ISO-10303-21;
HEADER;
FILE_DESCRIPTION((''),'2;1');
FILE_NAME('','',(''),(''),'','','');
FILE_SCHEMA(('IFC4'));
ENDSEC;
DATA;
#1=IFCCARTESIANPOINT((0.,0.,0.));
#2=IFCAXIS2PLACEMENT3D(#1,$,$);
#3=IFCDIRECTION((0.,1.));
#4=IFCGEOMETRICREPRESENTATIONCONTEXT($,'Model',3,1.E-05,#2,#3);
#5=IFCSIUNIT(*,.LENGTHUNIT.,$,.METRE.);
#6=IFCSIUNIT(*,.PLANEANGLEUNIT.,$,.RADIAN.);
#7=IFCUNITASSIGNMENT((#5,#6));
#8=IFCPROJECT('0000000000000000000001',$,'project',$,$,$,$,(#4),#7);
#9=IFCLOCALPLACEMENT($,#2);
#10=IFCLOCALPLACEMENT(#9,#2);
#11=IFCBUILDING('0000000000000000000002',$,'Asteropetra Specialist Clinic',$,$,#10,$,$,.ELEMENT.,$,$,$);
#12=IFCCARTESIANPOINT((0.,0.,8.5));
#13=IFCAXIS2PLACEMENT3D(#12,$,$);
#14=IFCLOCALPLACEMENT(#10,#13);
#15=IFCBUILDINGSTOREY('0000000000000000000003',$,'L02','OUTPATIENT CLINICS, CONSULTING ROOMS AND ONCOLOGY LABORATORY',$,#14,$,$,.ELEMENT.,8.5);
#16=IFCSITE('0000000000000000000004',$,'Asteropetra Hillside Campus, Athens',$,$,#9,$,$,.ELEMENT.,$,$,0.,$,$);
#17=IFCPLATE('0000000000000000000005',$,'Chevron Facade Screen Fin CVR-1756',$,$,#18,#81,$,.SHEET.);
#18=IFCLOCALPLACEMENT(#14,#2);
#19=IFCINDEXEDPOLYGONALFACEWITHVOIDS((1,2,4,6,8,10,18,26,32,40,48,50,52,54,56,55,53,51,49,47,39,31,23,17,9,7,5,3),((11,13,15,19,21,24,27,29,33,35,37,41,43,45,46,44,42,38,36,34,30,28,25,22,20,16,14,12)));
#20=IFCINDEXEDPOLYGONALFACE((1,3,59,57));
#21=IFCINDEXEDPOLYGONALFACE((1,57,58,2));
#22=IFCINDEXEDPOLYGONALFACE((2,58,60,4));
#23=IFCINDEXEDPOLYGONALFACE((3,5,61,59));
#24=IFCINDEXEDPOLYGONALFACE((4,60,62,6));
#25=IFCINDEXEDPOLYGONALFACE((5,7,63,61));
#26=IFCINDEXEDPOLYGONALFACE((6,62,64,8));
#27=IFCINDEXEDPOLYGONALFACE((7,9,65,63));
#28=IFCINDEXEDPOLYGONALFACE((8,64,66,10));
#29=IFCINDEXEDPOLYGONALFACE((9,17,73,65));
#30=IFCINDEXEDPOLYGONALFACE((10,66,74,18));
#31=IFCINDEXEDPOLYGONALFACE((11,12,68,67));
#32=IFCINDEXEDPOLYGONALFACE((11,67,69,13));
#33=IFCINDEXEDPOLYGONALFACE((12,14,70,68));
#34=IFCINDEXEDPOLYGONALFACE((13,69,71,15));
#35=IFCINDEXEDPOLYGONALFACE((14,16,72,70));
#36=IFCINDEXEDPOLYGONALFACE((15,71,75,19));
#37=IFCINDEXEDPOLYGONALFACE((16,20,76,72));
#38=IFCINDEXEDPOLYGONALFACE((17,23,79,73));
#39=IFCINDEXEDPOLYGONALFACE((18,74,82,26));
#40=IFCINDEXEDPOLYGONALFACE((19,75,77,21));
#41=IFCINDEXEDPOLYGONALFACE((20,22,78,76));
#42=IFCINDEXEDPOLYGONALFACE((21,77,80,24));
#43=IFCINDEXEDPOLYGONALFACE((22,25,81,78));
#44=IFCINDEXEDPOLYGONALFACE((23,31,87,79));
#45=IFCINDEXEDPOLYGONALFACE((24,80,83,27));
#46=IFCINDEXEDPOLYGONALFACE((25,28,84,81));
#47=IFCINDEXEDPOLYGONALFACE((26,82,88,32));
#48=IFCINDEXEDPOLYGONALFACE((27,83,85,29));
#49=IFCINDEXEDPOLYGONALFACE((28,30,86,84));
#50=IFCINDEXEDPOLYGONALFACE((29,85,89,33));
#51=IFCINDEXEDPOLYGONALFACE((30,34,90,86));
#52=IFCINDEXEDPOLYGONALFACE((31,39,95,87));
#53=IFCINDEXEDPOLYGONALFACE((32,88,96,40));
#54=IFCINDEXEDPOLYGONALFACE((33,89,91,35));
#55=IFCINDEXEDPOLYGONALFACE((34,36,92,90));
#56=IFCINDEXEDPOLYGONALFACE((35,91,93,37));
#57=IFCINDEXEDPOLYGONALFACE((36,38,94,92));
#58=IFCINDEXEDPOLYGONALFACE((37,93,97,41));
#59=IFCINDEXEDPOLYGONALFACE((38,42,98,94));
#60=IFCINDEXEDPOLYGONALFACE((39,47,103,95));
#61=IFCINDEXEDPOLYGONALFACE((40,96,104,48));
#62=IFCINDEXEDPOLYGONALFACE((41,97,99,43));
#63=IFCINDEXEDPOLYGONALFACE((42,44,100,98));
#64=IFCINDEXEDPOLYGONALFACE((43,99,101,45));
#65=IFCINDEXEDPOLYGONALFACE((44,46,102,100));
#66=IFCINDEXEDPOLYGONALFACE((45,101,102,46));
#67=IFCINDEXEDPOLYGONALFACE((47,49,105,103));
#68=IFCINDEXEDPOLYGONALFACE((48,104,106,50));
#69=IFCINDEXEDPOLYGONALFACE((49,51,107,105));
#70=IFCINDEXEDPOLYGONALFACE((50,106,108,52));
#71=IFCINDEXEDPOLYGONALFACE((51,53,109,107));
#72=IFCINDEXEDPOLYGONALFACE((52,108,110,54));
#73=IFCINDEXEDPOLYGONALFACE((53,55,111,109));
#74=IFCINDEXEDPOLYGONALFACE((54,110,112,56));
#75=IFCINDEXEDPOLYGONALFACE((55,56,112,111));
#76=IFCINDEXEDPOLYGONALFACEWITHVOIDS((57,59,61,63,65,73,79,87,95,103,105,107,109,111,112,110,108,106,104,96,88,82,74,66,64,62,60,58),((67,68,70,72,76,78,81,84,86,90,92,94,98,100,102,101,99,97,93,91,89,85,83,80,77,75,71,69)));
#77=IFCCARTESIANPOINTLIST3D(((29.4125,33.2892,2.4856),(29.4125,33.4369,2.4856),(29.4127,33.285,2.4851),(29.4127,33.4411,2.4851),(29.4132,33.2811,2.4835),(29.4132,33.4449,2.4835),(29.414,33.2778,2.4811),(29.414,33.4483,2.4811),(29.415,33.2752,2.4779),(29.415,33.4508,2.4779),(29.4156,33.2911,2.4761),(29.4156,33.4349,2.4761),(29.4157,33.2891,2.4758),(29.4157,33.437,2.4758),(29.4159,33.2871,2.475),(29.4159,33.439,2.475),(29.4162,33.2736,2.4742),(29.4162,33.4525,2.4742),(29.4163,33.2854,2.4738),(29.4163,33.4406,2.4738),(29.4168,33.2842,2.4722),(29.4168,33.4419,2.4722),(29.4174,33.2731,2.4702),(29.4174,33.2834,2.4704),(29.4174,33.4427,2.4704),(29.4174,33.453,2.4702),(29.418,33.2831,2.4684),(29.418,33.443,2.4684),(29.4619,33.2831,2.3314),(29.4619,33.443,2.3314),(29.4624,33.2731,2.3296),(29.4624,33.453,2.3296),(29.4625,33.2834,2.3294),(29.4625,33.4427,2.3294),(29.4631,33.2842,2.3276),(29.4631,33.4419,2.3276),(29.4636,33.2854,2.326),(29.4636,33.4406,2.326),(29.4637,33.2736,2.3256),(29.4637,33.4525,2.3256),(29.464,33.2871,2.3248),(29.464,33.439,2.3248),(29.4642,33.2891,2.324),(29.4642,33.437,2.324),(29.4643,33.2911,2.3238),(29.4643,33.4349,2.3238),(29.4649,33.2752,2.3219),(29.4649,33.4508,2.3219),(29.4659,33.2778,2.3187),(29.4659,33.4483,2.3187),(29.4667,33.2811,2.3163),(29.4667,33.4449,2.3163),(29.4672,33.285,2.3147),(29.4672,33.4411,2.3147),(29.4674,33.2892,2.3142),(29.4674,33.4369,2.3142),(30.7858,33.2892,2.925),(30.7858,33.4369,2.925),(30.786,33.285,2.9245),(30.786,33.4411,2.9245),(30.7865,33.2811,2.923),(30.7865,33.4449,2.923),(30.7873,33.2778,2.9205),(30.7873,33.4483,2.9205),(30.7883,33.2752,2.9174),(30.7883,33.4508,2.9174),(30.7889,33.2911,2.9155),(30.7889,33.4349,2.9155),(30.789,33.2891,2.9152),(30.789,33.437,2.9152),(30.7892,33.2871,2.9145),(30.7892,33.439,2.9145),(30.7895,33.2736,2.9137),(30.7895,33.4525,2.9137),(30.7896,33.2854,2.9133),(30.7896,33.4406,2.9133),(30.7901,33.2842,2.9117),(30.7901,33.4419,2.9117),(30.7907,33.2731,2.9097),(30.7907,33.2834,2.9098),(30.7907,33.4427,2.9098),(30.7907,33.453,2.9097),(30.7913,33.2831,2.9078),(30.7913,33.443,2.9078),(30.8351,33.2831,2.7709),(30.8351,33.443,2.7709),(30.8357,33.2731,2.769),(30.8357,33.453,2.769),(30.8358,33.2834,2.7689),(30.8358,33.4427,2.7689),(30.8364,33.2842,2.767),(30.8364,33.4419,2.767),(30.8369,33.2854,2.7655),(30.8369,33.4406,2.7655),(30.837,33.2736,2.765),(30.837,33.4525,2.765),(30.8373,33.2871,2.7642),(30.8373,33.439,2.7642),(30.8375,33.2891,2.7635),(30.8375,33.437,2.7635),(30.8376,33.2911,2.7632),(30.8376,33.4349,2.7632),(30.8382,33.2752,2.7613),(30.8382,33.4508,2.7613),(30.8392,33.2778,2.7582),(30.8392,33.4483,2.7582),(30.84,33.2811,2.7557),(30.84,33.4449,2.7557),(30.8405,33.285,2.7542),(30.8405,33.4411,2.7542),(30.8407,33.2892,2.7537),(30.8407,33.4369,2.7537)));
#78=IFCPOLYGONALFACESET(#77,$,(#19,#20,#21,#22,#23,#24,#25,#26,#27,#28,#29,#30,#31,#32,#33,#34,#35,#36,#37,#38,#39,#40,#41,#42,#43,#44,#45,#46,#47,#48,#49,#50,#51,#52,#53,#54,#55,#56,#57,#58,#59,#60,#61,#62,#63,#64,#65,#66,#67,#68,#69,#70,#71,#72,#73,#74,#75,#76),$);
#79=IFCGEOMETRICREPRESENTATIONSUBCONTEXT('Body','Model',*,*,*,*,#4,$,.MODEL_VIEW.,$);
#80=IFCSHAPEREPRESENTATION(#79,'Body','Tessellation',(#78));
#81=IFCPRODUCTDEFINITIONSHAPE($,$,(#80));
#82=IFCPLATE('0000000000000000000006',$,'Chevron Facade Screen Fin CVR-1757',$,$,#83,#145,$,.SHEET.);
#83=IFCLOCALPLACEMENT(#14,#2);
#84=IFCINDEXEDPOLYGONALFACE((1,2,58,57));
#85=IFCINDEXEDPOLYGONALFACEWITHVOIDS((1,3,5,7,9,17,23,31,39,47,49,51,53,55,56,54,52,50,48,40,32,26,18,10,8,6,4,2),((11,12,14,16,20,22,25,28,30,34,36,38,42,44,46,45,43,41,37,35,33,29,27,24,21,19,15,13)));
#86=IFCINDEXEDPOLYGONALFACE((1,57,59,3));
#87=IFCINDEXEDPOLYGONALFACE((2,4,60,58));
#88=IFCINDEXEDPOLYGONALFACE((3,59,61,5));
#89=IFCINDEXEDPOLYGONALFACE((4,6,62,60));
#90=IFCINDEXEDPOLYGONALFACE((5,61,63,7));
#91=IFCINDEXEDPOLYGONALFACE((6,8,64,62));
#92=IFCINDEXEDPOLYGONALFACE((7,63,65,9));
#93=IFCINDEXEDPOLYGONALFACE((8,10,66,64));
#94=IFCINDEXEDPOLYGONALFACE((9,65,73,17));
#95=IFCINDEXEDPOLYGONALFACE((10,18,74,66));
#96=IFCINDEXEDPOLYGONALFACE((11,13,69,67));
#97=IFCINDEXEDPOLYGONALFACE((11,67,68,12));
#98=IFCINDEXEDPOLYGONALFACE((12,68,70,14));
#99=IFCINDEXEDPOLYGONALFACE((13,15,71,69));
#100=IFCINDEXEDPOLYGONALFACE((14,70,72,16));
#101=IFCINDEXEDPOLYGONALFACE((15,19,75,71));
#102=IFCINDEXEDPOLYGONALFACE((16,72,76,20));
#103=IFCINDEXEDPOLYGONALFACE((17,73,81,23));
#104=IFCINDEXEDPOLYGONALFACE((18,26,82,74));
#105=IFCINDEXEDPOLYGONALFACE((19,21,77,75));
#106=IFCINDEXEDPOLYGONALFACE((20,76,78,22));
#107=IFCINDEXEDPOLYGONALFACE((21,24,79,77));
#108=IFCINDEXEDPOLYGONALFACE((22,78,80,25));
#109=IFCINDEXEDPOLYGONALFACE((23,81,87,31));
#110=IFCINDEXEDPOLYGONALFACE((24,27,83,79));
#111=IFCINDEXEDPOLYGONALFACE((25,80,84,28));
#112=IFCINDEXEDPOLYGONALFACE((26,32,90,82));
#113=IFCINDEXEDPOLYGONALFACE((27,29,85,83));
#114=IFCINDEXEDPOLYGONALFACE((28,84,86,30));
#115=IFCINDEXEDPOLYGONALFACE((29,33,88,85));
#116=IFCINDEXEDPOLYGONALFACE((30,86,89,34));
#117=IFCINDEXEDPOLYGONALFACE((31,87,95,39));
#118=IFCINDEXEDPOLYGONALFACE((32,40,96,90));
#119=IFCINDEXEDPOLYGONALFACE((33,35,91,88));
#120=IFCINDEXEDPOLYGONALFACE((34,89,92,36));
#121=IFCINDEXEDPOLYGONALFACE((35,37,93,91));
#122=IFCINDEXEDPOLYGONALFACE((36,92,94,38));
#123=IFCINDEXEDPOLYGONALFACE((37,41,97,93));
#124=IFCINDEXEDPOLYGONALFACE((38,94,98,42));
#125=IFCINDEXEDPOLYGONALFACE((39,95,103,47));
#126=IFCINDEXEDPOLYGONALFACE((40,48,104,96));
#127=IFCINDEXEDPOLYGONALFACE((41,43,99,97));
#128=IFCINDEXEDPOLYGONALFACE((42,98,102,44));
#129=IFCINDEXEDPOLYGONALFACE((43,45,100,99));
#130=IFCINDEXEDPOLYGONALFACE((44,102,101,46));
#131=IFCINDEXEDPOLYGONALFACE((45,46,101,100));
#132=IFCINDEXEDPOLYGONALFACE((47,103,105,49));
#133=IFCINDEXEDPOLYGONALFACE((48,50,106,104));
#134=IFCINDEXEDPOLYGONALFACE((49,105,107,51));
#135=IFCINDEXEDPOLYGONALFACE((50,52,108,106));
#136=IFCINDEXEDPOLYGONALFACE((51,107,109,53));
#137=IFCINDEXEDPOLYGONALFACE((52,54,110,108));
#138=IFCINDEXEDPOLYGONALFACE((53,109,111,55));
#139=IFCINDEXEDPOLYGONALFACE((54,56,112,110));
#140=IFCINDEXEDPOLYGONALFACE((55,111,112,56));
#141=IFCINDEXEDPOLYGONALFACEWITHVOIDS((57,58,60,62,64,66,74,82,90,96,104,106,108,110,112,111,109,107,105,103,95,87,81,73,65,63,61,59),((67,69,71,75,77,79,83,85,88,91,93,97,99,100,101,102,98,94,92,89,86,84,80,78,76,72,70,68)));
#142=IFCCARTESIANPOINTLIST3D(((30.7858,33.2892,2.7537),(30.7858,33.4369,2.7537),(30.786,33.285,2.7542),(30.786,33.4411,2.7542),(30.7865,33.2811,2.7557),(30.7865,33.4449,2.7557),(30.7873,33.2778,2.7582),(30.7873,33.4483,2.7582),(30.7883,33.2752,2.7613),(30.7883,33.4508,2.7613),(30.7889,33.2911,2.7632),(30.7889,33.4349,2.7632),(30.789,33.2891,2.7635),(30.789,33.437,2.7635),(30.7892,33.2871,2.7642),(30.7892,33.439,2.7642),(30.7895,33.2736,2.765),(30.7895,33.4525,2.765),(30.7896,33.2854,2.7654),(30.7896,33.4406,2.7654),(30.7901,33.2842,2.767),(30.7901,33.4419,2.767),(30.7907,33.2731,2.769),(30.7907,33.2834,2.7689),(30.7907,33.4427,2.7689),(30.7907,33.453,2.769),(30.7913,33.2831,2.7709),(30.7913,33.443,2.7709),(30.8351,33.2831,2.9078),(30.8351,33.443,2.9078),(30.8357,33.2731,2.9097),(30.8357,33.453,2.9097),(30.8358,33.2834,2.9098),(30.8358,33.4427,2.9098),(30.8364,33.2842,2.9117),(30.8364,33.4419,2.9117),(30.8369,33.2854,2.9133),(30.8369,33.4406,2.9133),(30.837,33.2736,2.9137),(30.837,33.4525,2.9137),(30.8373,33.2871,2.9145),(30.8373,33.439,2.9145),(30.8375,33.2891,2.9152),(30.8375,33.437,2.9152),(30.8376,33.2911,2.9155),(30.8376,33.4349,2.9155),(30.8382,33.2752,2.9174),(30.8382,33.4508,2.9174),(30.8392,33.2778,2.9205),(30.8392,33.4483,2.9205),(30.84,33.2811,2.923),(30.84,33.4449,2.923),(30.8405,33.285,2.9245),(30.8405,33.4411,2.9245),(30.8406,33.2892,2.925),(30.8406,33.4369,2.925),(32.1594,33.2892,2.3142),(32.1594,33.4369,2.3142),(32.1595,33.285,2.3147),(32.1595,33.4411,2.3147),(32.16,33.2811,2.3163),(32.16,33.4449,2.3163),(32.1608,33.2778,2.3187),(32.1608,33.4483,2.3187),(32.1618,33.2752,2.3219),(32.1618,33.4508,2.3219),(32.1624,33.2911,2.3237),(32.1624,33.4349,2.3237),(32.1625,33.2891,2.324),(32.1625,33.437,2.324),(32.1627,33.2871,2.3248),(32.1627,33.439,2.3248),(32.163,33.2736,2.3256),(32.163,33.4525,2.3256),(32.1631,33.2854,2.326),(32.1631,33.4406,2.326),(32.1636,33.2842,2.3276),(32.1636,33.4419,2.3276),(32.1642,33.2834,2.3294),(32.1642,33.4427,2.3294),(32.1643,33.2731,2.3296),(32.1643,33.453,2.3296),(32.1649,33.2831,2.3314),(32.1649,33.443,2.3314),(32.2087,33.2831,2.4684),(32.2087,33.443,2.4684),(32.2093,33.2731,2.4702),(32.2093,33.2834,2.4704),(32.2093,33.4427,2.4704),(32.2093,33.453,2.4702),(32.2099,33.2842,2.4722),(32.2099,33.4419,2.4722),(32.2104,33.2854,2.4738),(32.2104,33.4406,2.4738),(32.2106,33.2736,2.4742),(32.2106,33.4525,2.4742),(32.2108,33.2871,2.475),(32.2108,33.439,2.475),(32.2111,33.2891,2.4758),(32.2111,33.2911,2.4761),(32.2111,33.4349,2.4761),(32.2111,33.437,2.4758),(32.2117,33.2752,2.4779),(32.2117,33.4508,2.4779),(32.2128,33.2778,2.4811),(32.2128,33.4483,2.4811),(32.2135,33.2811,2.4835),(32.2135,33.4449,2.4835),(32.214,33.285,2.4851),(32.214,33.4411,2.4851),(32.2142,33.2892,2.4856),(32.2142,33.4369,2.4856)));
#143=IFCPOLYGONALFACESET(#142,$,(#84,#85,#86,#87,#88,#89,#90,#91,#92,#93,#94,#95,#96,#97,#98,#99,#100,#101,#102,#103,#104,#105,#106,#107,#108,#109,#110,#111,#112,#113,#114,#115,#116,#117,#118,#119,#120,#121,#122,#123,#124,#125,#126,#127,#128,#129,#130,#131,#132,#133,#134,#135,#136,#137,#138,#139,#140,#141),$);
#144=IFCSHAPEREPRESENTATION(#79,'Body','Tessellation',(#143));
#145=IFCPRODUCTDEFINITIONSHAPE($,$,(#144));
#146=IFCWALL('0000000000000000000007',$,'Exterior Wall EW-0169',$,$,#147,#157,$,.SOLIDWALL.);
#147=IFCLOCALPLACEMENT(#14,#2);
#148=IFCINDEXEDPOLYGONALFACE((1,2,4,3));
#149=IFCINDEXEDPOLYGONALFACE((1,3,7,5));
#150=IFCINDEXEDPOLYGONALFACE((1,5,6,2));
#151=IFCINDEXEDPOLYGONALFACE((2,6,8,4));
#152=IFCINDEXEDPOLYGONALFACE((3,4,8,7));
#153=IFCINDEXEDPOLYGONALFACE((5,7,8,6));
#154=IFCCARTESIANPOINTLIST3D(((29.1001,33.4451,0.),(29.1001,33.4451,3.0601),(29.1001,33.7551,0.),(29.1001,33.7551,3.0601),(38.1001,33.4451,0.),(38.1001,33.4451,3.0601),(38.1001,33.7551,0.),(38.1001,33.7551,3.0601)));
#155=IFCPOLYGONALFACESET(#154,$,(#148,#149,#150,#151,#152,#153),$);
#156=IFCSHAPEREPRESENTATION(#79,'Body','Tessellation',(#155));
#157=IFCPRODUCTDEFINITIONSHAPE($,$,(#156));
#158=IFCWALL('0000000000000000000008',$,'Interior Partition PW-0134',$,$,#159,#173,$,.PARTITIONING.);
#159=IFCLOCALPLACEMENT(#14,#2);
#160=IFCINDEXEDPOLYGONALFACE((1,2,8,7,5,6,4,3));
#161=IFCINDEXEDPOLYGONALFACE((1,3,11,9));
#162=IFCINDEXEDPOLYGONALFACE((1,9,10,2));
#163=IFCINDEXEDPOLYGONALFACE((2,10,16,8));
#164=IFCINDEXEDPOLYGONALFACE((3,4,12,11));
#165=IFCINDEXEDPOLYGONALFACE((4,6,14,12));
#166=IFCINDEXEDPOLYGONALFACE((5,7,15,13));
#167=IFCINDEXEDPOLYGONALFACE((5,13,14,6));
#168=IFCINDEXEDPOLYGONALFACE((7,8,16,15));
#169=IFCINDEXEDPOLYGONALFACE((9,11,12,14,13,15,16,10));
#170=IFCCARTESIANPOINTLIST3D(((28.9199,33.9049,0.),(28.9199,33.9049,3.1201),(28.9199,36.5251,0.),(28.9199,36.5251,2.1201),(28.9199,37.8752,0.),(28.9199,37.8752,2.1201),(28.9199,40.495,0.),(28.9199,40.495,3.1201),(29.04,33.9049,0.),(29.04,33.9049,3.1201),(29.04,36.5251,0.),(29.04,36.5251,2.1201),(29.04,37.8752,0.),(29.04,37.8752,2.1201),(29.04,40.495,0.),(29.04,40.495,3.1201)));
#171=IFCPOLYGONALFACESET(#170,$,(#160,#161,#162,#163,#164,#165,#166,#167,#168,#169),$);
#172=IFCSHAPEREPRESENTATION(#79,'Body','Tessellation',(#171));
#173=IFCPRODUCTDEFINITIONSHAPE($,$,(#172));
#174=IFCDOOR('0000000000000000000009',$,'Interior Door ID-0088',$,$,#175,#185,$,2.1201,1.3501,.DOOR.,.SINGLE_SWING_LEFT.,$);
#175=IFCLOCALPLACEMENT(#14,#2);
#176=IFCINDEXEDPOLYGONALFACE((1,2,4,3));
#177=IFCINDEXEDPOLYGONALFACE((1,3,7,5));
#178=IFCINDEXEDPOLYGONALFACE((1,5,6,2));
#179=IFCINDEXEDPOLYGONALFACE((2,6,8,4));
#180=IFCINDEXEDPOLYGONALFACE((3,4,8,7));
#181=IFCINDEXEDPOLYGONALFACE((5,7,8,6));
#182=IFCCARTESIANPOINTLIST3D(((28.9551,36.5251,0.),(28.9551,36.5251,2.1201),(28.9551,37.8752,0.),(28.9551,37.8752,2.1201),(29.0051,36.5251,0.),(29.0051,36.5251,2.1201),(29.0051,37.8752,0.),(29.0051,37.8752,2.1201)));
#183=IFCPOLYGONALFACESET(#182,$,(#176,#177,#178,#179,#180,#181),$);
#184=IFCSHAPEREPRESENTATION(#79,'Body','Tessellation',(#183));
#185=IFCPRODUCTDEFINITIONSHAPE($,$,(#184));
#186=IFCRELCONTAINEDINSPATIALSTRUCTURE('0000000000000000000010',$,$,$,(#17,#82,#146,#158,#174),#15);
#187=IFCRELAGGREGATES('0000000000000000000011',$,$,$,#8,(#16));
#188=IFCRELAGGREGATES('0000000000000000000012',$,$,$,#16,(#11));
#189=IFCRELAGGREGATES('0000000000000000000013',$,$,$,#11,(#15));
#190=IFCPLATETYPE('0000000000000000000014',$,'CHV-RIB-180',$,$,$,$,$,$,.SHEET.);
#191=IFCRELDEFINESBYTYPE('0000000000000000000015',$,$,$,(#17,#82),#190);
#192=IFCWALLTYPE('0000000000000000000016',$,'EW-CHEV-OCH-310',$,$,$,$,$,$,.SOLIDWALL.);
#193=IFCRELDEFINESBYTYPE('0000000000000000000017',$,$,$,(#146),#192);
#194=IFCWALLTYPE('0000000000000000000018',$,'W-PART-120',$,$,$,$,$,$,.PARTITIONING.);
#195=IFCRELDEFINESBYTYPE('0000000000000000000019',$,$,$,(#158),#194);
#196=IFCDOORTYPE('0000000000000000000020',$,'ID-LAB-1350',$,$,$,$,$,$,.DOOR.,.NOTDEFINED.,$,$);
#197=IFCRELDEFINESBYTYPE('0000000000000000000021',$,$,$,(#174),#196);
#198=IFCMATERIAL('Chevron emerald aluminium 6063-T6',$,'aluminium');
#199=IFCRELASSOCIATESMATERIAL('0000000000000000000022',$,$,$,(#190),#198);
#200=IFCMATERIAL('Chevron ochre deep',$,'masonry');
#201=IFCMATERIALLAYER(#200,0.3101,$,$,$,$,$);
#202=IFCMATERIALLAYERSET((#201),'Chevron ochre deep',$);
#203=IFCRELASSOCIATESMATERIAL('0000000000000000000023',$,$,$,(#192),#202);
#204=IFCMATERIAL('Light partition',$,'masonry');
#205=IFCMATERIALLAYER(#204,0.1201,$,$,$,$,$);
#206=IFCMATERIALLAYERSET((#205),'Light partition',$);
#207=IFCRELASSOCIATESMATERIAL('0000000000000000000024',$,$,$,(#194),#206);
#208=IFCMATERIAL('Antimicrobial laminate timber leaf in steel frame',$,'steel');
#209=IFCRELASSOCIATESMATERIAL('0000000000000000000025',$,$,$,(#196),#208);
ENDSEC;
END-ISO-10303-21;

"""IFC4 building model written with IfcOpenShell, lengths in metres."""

from ifc_helpers import new_model, si_unit, direction, frame, frame_2d, origin, origin_2d, place, context, subcontext, project, spatial, rectangle, hollow_rectangle, extrude, material, layer, layer_set, material_profile, profile_set, type_object, element, fill, save


model = new_model("IFC4")

# Units and contexts
model_context = context("Model", 3, precision=1e-05, world=origin(), true_north=direction((0.0, 1.0)))
body_context = subcontext(model_context, "Body", "Model", "MODEL_VIEW")
ifc_project = project(units=[si_unit("LENGTHUNIT", "METRE"), si_unit("PLANEANGLEUNIT", "RADIAN")], contexts=[model_context])

# Site, building, storey
site_placement = place(None, origin())
site = spatial("IfcSite", under=ifc_project, at=site_placement, Name="Asteropetra Hillside Campus, Athens", CompositionType="ELEMENT", RefElevation=0.0)
building_placement = place(site_placement, origin())
building = spatial("IfcBuilding", under=site, at=building_placement, Name="Asteropetra Specialist Clinic", CompositionType="ELEMENT")
storey_placement = place(building_placement, frame((0.0, 0.0, 8.5)))
storey = spatial("IfcBuildingStorey", under=building, at=storey_placement, Name="L02", Description="OUTPATIENT CLINICS, CONSULTING ROOMS AND ONCOLOGY LABORATORY", CompositionType="ELEMENT", Elevation=8.5)

# Plates
ifc_material_1 = material(Name="Chevron emerald aluminium 6063-T6", Category="aluminium")
ifc_material_profile_1 = material_profile(ifc_material_1, hollow_rectangle(XDim=0.1799, YDim=0.1799, WallThickness=0.01, InnerFilletRadius=0.0081, OuterFilletRadius=0.0161, at=origin_2d()), Name="SHS 180x180x10.0")
ifc_profile_set_1 = profile_set([ifc_material_profile_1], Name="Chevron emerald aluminium 6063-T6")
plate_type = type_object("IfcPlateType", Name="CHV-RIB-180", PredefinedType="SHEET", material=ifc_profile_set_1)
plate_1_placement = place(storey_placement, frame((29.4399, 33.363, 2.3999), z_axis=(0.952424, 0.0, 0.304776), x_axis=(0.0, 1.0, 0.0)))
element("IfcPlate", 1, at=plate_1_placement, inside=storey, type_object=plate_type, Name="Chevron Facade Screen Fin CVR-1756", PredefinedType="SHEET", context=body_context, shape_type="SweptSolid", body=[
    extrude(hollow_rectangle(XDim=0.1799, YDim=0.1799, WallThickness=0.01, InnerFilletRadius=0.0081, OuterFilletRadius=0.0161, at=origin_2d()), origin(), (0.0, 0.0, 1.0), 1.4419),
])
plate_2_placement = place(storey_placement, frame((30.8132, 33.363, 2.8394), z_axis=(0.95244, 0.0, -0.304727), x_axis=(0.0, 1.0, 0.0)))
element("IfcPlate", 2, at=plate_2_placement, inside=storey, type_object=plate_type, Name="Chevron Facade Screen Fin CVR-1757", PredefinedType="SHEET", context=body_context, shape_type="SweptSolid", body=[
    extrude(hollow_rectangle(XDim=0.1799, YDim=0.1799, WallThickness=0.01, InnerFilletRadius=0.0081, OuterFilletRadius=0.0161, at=origin_2d()), origin(), (0.0, 0.0, 1.0), 1.4421),
])

# Wall
ifc_material_2 = material(Name="Chevron ochre deep", Category="masonry")
ifc_layer_1 = layer(ifc_material_2, 0.3101)
ifc_layer_set_1 = layer_set([ifc_layer_1], Name="Chevron ochre deep")
wall_type_1 = type_object("IfcWallType", Name="EW-CHEV-OCH-310", PredefinedType="SOLIDWALL", material=ifc_layer_set_1)
wall_1_placement = place(storey_placement, frame((29.1001, 33.6001, 0.0), z_axis=(0.0, 0.0, 1.0), x_axis=(1.0, 0.0, 0.0)))
element("IfcWall", 3, at=wall_1_placement, inside=storey, type_object=wall_type_1, Name="Exterior Wall EW-0169", PredefinedType="SOLIDWALL", context=body_context, shape_type="SweptSolid", body=[
    extrude(rectangle(XDim=9.0, YDim=0.3101, at=frame_2d((4.5, 0.0))), origin(), (0.0, 0.0, 1.0), 3.0601),
])

# Wall, opening, door
ifc_material_3 = material(Name="Light partition", Category="masonry")
ifc_layer_2 = layer(ifc_material_3, 0.1201)
ifc_layer_set_2 = layer_set([ifc_layer_2], Name="Light partition")
wall_type_2 = type_object("IfcWallType", Name="W-PART-120", PredefinedType="PARTITIONING", material=ifc_layer_set_2)
wall_2_placement = place(storey_placement, frame((28.98, 33.905, 0.0), z_axis=(0.0, 0.0, 1.0), x_axis=(0.0, 1.0, 0.0)))
wall_2 = element("IfcWall", 4, at=wall_2_placement, inside=storey, type_object=wall_type_2, Name="Interior Partition PW-0134", PredefinedType="PARTITIONING", context=body_context, shape_type="SweptSolid", body=[
    extrude(rectangle(XDim=6.5901, YDim=0.1201, at=frame_2d((3.2949, 0.0))), origin(), (0.0, 0.0, 1.0), 3.1201),
])
opening_placement = place(wall_2_placement, frame((2.6201, 0.0, 0.0)))
opening = element("IfcOpeningElement", 5, at=opening_placement, cuts=wall_2, PredefinedType="OPENING", context=body_context, shape_type="SweptSolid", body=[
    extrude(rectangle(XDim=1.3501, YDim=2.1201, at=frame_2d((0.675, 1.0601))), frame((0.0, 0.0701, 0.0), z_axis=(0.0, -1.0, 0.0), x_axis=(1.0, 0.0, 0.0)), (0.0, 0.0, 1.0), 0.1401),
])
ifc_material_4 = material(Name="Antimicrobial laminate timber leaf in steel frame", Category="steel")
door_type = type_object("IfcDoorType", Name="ID-LAB-1350", OperationType="NOTDEFINED", PredefinedType="DOOR", material=ifc_material_4)
door_placement = place(opening_placement, origin())
door = element("IfcDoor", 6, at=door_placement, inside=storey, type_object=door_type, Name="Interior Door ID-0088", OperationType="SINGLE_SWING_LEFT", OverallHeight=2.1201, OverallWidth=1.3501, PredefinedType="DOOR", context=body_context, shape_type="SweptSolid", body=[
    extrude(rectangle(XDim=1.3501, YDim=2.1201, at=frame_2d((0.675, 1.0601))), frame((0.0, 0.0249, 0.0), z_axis=(0.0, -1.0, 0.0), x_axis=(1.0, 0.0, 0.0)), (0.0, 0.0, 1.0), 0.05),
])
fill(opening, door)

save(model, "model.ifc")
